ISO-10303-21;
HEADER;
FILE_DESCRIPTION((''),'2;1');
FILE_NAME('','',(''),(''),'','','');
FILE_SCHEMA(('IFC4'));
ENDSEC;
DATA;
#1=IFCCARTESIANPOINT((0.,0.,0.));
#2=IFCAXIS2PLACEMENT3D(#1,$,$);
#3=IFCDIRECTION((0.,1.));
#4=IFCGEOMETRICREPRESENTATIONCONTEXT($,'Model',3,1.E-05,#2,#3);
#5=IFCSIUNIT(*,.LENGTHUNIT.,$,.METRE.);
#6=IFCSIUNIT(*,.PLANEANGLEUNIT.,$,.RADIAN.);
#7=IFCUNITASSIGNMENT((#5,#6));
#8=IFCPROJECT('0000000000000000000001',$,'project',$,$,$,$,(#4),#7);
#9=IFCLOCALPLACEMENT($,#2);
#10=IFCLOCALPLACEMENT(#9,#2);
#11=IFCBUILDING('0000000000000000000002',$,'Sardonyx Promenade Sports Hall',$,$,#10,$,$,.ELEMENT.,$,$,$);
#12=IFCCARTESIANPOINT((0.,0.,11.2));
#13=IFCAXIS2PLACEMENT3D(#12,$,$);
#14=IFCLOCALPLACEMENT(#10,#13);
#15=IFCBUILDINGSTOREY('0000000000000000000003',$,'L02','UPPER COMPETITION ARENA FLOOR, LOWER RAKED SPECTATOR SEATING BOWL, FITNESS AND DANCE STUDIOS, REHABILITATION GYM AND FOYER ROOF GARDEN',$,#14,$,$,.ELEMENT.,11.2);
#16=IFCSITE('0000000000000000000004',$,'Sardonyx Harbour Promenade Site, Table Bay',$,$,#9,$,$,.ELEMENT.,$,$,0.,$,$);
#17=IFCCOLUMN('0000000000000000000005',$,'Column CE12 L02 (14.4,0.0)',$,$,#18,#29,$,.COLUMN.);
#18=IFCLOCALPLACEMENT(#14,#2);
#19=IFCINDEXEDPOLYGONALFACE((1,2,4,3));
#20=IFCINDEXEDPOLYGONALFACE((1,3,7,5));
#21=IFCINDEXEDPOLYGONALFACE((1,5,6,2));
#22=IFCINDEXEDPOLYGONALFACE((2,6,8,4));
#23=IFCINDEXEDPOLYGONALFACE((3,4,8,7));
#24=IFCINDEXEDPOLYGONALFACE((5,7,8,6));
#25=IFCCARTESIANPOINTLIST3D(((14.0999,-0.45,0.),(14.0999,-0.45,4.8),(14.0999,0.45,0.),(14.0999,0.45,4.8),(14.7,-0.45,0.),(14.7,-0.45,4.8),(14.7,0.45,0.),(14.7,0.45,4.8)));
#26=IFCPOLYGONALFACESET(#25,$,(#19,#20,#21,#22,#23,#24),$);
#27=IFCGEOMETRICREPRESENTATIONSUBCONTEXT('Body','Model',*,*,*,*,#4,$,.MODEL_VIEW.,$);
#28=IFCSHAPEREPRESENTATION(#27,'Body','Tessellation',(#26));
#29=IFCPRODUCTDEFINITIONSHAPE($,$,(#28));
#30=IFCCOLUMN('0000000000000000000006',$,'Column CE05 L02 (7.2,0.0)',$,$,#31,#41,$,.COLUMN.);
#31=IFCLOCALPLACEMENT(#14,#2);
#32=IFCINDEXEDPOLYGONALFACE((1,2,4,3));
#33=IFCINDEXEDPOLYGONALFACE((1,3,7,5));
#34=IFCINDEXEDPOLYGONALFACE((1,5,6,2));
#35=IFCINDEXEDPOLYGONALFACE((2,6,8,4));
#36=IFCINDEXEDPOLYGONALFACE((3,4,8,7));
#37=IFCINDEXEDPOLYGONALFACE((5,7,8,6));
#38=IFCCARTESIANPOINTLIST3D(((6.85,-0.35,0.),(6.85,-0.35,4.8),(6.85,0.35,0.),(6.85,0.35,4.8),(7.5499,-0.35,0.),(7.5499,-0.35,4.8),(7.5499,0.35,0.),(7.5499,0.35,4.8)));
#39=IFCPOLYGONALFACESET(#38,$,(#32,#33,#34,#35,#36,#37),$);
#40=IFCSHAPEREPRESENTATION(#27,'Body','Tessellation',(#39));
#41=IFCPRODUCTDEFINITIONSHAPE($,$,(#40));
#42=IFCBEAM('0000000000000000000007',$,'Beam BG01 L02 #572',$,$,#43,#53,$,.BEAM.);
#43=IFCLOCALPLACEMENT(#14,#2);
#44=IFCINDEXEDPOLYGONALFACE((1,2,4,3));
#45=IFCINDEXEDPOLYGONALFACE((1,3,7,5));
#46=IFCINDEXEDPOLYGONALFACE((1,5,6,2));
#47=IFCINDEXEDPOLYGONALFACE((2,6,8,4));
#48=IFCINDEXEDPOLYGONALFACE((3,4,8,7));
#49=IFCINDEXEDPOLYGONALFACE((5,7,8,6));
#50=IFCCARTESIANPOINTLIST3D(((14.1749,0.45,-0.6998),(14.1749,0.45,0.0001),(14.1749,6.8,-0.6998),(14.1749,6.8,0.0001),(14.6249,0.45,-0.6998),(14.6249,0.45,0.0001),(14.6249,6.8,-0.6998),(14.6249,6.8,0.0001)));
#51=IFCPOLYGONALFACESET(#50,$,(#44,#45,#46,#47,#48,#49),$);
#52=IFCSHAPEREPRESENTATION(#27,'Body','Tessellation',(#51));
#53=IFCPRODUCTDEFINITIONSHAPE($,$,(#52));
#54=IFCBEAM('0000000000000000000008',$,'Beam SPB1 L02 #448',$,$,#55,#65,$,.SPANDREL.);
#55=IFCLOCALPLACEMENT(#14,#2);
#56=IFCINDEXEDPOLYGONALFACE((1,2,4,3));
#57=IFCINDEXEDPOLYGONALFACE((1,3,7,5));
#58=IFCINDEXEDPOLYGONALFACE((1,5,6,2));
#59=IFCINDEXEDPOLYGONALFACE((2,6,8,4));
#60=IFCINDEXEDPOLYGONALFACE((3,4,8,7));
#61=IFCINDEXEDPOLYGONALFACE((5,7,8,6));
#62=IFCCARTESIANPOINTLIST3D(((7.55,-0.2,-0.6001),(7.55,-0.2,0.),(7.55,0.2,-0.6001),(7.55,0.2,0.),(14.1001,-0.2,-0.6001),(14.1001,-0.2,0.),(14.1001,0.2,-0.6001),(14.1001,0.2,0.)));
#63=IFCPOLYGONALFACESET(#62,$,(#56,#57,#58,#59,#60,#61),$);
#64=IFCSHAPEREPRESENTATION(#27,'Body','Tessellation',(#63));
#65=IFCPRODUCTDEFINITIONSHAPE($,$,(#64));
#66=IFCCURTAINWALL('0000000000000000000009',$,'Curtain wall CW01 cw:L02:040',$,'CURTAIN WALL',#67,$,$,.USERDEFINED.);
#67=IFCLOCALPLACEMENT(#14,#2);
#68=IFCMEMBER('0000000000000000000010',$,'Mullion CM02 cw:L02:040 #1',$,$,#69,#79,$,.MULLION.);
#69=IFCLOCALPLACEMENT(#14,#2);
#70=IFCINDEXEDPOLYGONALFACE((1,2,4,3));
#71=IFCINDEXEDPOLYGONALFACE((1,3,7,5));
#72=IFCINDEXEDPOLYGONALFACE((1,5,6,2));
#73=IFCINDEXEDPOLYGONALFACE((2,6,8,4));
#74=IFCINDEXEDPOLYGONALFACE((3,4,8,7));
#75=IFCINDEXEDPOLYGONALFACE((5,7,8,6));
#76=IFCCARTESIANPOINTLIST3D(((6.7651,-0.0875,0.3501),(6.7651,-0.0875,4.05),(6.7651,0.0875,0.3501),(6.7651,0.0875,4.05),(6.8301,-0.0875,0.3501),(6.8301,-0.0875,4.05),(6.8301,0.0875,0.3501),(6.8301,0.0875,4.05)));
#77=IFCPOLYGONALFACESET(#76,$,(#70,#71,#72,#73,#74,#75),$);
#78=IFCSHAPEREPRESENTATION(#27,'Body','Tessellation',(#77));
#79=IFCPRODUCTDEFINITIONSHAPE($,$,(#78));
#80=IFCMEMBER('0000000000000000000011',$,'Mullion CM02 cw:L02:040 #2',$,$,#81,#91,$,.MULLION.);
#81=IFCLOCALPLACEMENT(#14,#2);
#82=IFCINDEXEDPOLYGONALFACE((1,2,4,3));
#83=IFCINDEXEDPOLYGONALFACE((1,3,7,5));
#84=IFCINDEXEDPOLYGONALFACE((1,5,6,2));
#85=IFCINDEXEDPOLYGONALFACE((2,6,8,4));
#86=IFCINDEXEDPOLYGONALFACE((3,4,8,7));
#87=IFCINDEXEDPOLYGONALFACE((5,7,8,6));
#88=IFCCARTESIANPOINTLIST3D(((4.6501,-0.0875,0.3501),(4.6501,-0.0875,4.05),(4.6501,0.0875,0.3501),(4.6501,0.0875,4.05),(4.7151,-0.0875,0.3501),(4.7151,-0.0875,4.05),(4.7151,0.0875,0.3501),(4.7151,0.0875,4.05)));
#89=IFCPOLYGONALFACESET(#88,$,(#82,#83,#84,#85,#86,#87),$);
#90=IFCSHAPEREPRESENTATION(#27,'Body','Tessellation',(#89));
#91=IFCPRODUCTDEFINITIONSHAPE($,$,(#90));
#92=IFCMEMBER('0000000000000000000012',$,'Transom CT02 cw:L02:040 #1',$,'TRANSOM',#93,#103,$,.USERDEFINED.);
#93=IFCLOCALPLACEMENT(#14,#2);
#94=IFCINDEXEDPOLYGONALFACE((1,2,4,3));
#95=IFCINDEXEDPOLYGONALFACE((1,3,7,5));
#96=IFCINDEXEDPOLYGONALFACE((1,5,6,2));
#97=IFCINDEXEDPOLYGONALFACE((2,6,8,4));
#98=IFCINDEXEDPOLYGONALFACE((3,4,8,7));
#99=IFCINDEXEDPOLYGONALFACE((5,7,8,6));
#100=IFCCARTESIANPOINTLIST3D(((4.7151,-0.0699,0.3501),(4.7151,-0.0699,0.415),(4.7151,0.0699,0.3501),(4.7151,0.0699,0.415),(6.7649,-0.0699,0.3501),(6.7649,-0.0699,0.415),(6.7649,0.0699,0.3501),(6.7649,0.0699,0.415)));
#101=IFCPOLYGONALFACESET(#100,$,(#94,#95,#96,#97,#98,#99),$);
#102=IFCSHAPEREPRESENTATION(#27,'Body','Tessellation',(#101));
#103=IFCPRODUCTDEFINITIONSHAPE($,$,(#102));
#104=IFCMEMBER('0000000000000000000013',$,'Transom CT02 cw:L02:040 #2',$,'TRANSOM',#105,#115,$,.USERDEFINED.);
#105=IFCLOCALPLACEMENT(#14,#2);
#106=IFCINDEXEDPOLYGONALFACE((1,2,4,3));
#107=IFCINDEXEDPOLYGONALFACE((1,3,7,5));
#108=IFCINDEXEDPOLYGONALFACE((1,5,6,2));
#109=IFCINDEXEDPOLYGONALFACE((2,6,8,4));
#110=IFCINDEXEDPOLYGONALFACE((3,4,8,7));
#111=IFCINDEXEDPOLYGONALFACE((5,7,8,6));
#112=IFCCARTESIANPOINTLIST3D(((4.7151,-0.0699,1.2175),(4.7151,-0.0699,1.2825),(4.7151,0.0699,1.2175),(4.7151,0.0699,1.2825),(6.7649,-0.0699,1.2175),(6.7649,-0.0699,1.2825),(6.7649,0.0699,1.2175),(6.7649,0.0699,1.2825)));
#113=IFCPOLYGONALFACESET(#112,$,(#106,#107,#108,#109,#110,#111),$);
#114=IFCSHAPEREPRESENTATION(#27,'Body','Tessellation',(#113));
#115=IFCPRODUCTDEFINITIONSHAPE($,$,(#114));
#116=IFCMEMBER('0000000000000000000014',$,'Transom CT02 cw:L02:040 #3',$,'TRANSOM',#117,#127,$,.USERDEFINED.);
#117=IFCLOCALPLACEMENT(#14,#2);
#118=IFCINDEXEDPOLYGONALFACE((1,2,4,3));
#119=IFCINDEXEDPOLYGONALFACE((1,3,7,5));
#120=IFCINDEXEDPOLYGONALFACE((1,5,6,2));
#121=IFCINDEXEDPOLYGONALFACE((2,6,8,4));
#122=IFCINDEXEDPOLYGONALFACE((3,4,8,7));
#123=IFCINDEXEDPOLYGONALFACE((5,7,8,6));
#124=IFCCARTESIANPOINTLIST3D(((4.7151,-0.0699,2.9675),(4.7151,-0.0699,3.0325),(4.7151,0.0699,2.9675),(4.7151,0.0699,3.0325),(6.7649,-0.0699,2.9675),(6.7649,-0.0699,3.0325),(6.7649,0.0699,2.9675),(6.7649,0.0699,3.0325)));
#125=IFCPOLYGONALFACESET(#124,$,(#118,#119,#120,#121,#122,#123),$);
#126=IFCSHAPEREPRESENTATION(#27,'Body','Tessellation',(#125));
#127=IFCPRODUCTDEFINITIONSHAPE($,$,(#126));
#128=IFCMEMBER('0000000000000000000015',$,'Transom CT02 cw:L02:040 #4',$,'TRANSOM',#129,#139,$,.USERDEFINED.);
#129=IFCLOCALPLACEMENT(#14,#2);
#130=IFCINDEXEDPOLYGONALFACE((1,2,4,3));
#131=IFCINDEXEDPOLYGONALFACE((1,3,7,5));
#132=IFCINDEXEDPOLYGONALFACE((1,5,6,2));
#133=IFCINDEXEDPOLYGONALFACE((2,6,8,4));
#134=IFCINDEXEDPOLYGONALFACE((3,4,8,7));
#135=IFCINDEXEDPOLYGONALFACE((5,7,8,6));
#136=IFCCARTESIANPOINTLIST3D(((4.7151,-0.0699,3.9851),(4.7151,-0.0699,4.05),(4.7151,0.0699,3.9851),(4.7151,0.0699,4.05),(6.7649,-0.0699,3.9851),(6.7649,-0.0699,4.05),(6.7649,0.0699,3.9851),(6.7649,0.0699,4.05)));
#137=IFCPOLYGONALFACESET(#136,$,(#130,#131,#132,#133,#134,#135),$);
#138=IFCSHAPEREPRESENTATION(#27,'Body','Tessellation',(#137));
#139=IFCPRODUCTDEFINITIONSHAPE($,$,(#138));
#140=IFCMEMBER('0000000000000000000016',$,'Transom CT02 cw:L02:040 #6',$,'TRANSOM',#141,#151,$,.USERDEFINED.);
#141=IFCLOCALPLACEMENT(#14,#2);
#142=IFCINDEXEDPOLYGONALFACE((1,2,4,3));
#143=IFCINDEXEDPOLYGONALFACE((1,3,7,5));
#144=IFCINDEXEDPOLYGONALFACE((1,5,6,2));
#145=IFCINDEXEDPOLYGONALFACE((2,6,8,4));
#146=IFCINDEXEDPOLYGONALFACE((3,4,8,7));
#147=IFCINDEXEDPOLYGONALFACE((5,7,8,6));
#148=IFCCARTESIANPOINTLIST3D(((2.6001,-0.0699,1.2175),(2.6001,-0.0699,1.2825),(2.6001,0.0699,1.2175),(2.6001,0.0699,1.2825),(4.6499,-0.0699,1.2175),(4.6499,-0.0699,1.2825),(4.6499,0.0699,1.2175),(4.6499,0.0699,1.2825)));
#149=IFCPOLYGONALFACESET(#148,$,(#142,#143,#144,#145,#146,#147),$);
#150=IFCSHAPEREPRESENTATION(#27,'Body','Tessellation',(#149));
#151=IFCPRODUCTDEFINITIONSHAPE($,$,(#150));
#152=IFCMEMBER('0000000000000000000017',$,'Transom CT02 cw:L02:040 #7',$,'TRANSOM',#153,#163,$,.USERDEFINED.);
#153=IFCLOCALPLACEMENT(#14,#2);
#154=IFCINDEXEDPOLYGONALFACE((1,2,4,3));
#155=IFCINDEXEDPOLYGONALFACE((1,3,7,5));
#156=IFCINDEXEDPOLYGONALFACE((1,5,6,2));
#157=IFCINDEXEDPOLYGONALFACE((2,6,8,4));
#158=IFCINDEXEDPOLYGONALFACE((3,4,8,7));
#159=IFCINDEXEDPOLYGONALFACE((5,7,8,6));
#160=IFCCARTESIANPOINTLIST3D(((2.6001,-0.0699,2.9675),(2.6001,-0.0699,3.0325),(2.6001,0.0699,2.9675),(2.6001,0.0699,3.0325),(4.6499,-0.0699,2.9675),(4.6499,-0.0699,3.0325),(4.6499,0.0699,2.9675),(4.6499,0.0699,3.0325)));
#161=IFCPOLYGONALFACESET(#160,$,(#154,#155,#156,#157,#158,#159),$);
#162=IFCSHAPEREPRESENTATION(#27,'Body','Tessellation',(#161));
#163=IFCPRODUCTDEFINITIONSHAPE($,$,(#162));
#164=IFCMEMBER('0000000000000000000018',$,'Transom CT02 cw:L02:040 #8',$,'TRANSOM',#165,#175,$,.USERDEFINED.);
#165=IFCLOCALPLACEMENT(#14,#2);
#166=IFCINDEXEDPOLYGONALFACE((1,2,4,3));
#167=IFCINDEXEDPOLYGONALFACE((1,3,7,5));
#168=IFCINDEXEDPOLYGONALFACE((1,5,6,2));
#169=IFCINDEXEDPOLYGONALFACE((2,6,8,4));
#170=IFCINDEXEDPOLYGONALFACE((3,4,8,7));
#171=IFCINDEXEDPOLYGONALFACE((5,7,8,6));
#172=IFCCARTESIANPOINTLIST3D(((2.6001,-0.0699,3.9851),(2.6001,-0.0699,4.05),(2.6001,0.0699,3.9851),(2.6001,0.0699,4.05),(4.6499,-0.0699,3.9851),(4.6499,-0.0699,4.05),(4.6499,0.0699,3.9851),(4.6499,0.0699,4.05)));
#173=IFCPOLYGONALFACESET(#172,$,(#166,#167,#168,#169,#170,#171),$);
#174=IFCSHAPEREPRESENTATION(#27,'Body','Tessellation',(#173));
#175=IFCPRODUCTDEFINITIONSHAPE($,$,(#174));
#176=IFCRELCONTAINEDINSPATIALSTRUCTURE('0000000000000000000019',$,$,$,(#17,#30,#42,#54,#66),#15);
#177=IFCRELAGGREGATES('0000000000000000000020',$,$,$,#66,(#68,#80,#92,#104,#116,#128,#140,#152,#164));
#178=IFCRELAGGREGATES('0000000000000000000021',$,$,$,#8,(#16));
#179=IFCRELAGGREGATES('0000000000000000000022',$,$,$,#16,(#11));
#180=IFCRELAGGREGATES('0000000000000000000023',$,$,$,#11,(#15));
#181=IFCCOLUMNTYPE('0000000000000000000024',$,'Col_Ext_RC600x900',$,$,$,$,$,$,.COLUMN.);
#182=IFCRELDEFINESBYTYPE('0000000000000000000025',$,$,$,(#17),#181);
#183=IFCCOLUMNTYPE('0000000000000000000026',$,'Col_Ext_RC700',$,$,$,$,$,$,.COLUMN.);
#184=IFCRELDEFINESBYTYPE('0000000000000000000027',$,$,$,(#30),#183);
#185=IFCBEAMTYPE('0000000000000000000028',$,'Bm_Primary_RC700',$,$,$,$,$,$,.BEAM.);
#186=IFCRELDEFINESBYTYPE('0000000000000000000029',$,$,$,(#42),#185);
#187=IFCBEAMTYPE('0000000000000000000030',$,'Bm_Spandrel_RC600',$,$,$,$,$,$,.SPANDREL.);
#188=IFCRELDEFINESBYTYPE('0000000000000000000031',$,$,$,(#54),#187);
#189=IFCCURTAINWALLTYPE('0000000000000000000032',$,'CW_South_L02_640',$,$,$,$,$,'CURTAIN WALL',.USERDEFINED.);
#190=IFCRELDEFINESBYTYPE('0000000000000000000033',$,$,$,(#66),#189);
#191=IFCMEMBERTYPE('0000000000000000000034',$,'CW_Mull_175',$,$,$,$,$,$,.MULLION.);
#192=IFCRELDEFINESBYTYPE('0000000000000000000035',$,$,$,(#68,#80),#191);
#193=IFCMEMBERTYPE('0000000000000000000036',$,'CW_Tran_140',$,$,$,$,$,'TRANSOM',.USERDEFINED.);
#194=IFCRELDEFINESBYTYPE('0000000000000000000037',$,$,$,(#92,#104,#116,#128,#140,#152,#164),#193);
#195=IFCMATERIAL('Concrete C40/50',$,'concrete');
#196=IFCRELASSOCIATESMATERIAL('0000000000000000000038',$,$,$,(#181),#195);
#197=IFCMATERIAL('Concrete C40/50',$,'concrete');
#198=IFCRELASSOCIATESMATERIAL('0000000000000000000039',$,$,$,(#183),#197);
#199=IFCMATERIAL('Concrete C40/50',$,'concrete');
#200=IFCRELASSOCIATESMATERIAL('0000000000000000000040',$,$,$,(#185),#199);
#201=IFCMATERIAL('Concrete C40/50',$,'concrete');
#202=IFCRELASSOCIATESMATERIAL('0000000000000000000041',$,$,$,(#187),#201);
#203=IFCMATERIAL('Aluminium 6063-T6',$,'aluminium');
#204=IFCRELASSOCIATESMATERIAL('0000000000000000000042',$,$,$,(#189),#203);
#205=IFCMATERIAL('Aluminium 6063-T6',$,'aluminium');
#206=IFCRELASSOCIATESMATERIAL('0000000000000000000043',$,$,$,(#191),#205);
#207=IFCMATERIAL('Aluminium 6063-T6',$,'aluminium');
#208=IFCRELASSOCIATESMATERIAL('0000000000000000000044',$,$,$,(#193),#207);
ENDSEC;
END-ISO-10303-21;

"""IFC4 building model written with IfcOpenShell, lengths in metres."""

from ifc_helpers import new_model, si_unit, direction, frame, origin, origin_2d, place, context, subcontext, project, spatial, rectangle, extrude, material, material_profile, profile_set, type_object, element, aggregate, save


model = new_model("IFC4")

# Units and contexts
model_context = context("Model", 3, precision=1e-05, world=origin(), true_north=direction((0.0, 1.0)))
body_context = subcontext(model_context, "Body", "Model", "MODEL_VIEW")
ifc_project = project(units=[si_unit("LENGTHUNIT", "METRE"), si_unit("PLANEANGLEUNIT", "RADIAN")], contexts=[model_context])

# Site, building, storey
site_placement = place(None, origin())
site = spatial("IfcSite", under=ifc_project, at=site_placement, Name="Sardonyx Harbour Promenade Site, Table Bay", CompositionType="ELEMENT", RefElevation=0.0)
building_placement = place(site_placement, origin())
building = spatial("IfcBuilding", under=site, at=building_placement, Name="Sardonyx Promenade Sports Hall", CompositionType="ELEMENT")
storey_placement = place(building_placement, frame((0.0, 0.0, 11.2)))
storey = spatial("IfcBuildingStorey", under=building, at=storey_placement, Name="L02", Description="UPPER COMPETITION ARENA FLOOR, LOWER RAKED SPECTATOR SEATING BOWL, FITNESS AND DANCE STUDIOS, REHABILITATION GYM AND FOYER ROOF GARDEN", CompositionType="ELEMENT", Elevation=11.2)

# Columns
ifc_material_1 = material(Name="Concrete C40/50", Category="concrete")
ifc_material_profile_1 = material_profile(ifc_material_1, rectangle(XDim=0.6001, YDim=0.8999, at=origin_2d()))
ifc_profile_set_1 = profile_set([ifc_material_profile_1], Name="Concrete C40/50")
column_type_1 = type_object("IfcColumnType", Name="Col_Ext_RC600x900", PredefinedType="COLUMN", material=ifc_profile_set_1)
column_1_placement = place(storey_placement, frame((14.3999, 0.0, 0.0), z_axis=(0.0, 0.0, 1.0), x_axis=(1.0, 0.0, 0.0)))
element("IfcColumn", 1, at=column_1_placement, inside=storey, type_object=column_type_1, Name="Column CE12 L02 (14.4,0.0)", PredefinedType="COLUMN", context=body_context, shape_type="SweptSolid", body=[
    extrude(rectangle(XDim=0.6001, YDim=0.8999, at=origin_2d()), origin(), (0.0, 0.0, 1.0), 4.8),
])
ifc_material_2 = material(Name="Concrete C40/50", Category="concrete")
ifc_material_profile_2 = material_profile(ifc_material_2, rectangle(XDim=0.7, YDim=0.7, at=origin_2d()))
ifc_profile_set_2 = profile_set([ifc_material_profile_2], Name="Concrete C40/50")
column_type_2 = type_object("IfcColumnType", Name="Col_Ext_RC700", PredefinedType="COLUMN", material=ifc_profile_set_2)
column_2_placement = place(storey_placement, frame((7.2, 0.0, 0.0), z_axis=(0.0, 0.0, 1.0), x_axis=(1.0, 0.0, 0.0)))
element("IfcColumn", 2, at=column_2_placement, inside=storey, type_object=column_type_2, Name="Column CE05 L02 (7.2,0.0)", PredefinedType="COLUMN", context=body_context, shape_type="SweptSolid", body=[
    extrude(rectangle(XDim=0.7, YDim=0.7, at=origin_2d()), origin(), (0.0, 0.0, 1.0), 4.8),
])

# Beams
ifc_material_3 = material(Name="Concrete C40/50", Category="concrete")
ifc_material_profile_3 = material_profile(ifc_material_3, rectangle(XDim=0.45, YDim=0.7, at=origin_2d()))
ifc_profile_set_3 = profile_set([ifc_material_profile_3], Name="Concrete C40/50")
beam_type_1 = type_object("IfcBeamType", Name="Bm_Primary_RC700", PredefinedType="BEAM", material=ifc_profile_set_3)
beam_1_placement = place(storey_placement, frame((14.3999, 0.45, -0.3499), z_axis=(0.0, 1.0, 0.0), x_axis=(-1.0, 0.0, 0.0)))
element("IfcBeam", 3, at=beam_1_placement, inside=storey, type_object=beam_type_1, Name="Beam BG01 L02 #572", PredefinedType="BEAM", context=body_context, shape_type="SweptSolid", body=[
    extrude(rectangle(XDim=0.45, YDim=0.7, at=origin_2d()), origin(), (0.0, 0.0, 1.0), 6.3501),
])
ifc_material_4 = material(Name="Concrete C40/50", Category="concrete")
ifc_material_profile_4 = material_profile(ifc_material_4, rectangle(XDim=0.3999, YDim=0.6001, at=origin_2d()))
ifc_profile_set_4 = profile_set([ifc_material_profile_4], Name="Concrete C40/50")
beam_type_2 = type_object("IfcBeamType", Name="Bm_Spandrel_RC600", PredefinedType="SPANDREL", material=ifc_profile_set_4)
beam_2_placement = place(storey_placement, frame((7.55, 0.0, -0.3), z_axis=(1.0, 0.0, 0.0), x_axis=(0.0, 1.0, 0.0)))
element("IfcBeam", 4, at=beam_2_placement, inside=storey, type_object=beam_type_2, Name="Beam SPB1 L02 #448", PredefinedType="SPANDREL", context=body_context, shape_type="SweptSolid", body=[
    extrude(rectangle(XDim=0.3999, YDim=0.6001, at=origin_2d()), origin(), (0.0, 0.0, 1.0), 6.55),
])

# Curtain wall, members
ifc_material_5 = material(Name="Aluminium 6063-T6", Category="aluminium")
curtain_wall_type = type_object("IfcCurtainWallType", Name="CW_South_L02_640", ElementType="CURTAIN WALL", PredefinedType="USERDEFINED", material=ifc_material_5)
curtain_wall_placement = place(storey_placement, origin())
curtain_wall = element("IfcCurtainWall", 5, at=curtain_wall_placement, inside=storey, type_object=curtain_wall_type, Name="Curtain wall CW01 cw:L02:040", ObjectType="CURTAIN WALL", PredefinedType="USERDEFINED")
ifc_material_6 = material(Name="Aluminium 6063-T6", Category="aluminium")
ifc_material_profile_5 = material_profile(ifc_material_6, rectangle(XDim=0.0649, YDim=0.175, at=origin_2d()))
ifc_profile_set_5 = profile_set([ifc_material_profile_5], Name="Aluminium 6063-T6")
member_type_1 = type_object("IfcMemberType", Name="CW_Mull_175", PredefinedType="MULLION", material=ifc_profile_set_5)
member_1_placement = place(storey_placement, frame((6.7976, 0.0, 0.3501), z_axis=(0.0, 0.0, 1.0), x_axis=(-1.0, 0.0, 0.0)))
member_1 = element("IfcMember", 6, at=member_1_placement, type_object=member_type_1, Name="Mullion CM02 cw:L02:040 #1", PredefinedType="MULLION", context=body_context, shape_type="SweptSolid", body=[
    extrude(rectangle(XDim=0.0649, YDim=0.175, at=origin_2d()), origin(), (0.0, 0.0, 1.0), 3.7),
])
member_2_placement = place(storey_placement, frame((4.6826, 0.0, 0.3501), z_axis=(0.0, 0.0, 1.0), x_axis=(-1.0, 0.0, 0.0)))
member_2 = element("IfcMember", 7, at=member_2_placement, type_object=member_type_1, Name="Mullion CM02 cw:L02:040 #2", PredefinedType="MULLION", context=body_context, shape_type="SweptSolid", body=[
    extrude(rectangle(XDim=0.0649, YDim=0.175, at=origin_2d()), origin(), (0.0, 0.0, 1.0), 3.7),
])
ifc_material_7 = material(Name="Aluminium 6063-T6", Category="aluminium")
ifc_material_profile_6 = material_profile(ifc_material_7, rectangle(XDim=0.0649, YDim=0.1399, at=origin_2d()))
ifc_profile_set_6 = profile_set([ifc_material_profile_6], Name="Aluminium 6063-T6")
member_type_2 = type_object("IfcMemberType", Name="CW_Tran_140", ElementType="TRANSOM", PredefinedType="USERDEFINED", material=ifc_profile_set_6)
member_3_placement = place(storey_placement, frame((6.7649, 0.0, 0.3826), z_axis=(-1.0, 0.0, 0.0), x_axis=(0.0, 0.0, 1.0)))
member_3 = element("IfcMember", 8, at=member_3_placement, type_object=member_type_2, Name="Transom CT02 cw:L02:040 #1", ObjectType="TRANSOM", PredefinedType="USERDEFINED", context=body_context, shape_type="SweptSolid", body=[
    extrude(rectangle(XDim=0.0649, YDim=0.1399, at=origin_2d()), origin(), (0.0, 0.0, 1.0), 2.0498),
])
member_4_placement = place(storey_placement, frame((6.7649, 0.0, 1.25), z_axis=(-1.0, 0.0, 0.0), x_axis=(0.0, 0.0, 1.0)))
member_4 = element("IfcMember", 9, at=member_4_placement, type_object=member_type_2, Name="Transom CT02 cw:L02:040 #2", ObjectType="TRANSOM", PredefinedType="USERDEFINED", context=body_context, shape_type="SweptSolid", body=[
    extrude(rectangle(XDim=0.0649, YDim=0.1399, at=origin_2d()), origin(), (0.0, 0.0, 1.0), 2.0498),
])
member_5_placement = place(storey_placement, frame((6.7649, 0.0, 3.0), z_axis=(-1.0, 0.0, 0.0), x_axis=(0.0, 0.0, 1.0)))
member_5 = element("IfcMember", 10, at=member_5_placement, type_object=member_type_2, Name="Transom CT02 cw:L02:040 #3", ObjectType="TRANSOM", PredefinedType="USERDEFINED", context=body_context, shape_type="SweptSolid", body=[
    extrude(rectangle(XDim=0.0649, YDim=0.1399, at=origin_2d()), origin(), (0.0, 0.0, 1.0), 2.0498),
])
member_6_placement = place(storey_placement, frame((6.7649, 0.0, 4.0176), z_axis=(-1.0, 0.0, 0.0), x_axis=(0.0, 0.0, 1.0)))
member_6 = element("IfcMember", 11, at=member_6_placement, type_object=member_type_2, Name="Transom CT02 cw:L02:040 #4", ObjectType="TRANSOM", PredefinedType="USERDEFINED", context=body_context, shape_type="SweptSolid", body=[
    extrude(rectangle(XDim=0.0649, YDim=0.1399, at=origin_2d()), origin(), (0.0, 0.0, 1.0), 2.0498),
])
member_7_placement = place(storey_placement, frame((4.6499, 0.0, 1.25), z_axis=(-1.0, 0.0, 0.0), x_axis=(0.0, 0.0, 1.0)))
member_7 = element("IfcMember", 12, at=member_7_placement, type_object=member_type_2, Name="Transom CT02 cw:L02:040 #6", ObjectType="TRANSOM", PredefinedType="USERDEFINED", context=body_context, shape_type="SweptSolid", body=[
    extrude(rectangle(XDim=0.0649, YDim=0.1399, at=origin_2d()), origin(), (0.0, 0.0, 1.0), 2.0498),
])
member_8_placement = place(storey_placement, frame((4.6499, 0.0, 3.0), z_axis=(-1.0, 0.0, 0.0), x_axis=(0.0, 0.0, 1.0)))
member_8 = element("IfcMember", 13, at=member_8_placement, type_object=member_type_2, Name="Transom CT02 cw:L02:040 #7", ObjectType="TRANSOM", PredefinedType="USERDEFINED", context=body_context, shape_type="SweptSolid", body=[
    extrude(rectangle(XDim=0.0649, YDim=0.1399, at=origin_2d()), origin(), (0.0, 0.0, 1.0), 2.0498),
])
member_9_placement = place(storey_placement, frame((4.6499, 0.0, 4.0176), z_axis=(-1.0, 0.0, 0.0), x_axis=(0.0, 0.0, 1.0)))
member_9 = element("IfcMember", 14, at=member_9_placement, type_object=member_type_2, Name="Transom CT02 cw:L02:040 #8", ObjectType="TRANSOM", PredefinedType="USERDEFINED", context=body_context, shape_type="SweptSolid", body=[
    extrude(rectangle(XDim=0.0649, YDim=0.1399, at=origin_2d()), origin(), (0.0, 0.0, 1.0), 2.0498),
])
aggregate(curtain_wall, [member_1, member_2, member_3, member_4, member_5, member_6, member_7, member_8, member_9])

save(model, "model.ifc")
